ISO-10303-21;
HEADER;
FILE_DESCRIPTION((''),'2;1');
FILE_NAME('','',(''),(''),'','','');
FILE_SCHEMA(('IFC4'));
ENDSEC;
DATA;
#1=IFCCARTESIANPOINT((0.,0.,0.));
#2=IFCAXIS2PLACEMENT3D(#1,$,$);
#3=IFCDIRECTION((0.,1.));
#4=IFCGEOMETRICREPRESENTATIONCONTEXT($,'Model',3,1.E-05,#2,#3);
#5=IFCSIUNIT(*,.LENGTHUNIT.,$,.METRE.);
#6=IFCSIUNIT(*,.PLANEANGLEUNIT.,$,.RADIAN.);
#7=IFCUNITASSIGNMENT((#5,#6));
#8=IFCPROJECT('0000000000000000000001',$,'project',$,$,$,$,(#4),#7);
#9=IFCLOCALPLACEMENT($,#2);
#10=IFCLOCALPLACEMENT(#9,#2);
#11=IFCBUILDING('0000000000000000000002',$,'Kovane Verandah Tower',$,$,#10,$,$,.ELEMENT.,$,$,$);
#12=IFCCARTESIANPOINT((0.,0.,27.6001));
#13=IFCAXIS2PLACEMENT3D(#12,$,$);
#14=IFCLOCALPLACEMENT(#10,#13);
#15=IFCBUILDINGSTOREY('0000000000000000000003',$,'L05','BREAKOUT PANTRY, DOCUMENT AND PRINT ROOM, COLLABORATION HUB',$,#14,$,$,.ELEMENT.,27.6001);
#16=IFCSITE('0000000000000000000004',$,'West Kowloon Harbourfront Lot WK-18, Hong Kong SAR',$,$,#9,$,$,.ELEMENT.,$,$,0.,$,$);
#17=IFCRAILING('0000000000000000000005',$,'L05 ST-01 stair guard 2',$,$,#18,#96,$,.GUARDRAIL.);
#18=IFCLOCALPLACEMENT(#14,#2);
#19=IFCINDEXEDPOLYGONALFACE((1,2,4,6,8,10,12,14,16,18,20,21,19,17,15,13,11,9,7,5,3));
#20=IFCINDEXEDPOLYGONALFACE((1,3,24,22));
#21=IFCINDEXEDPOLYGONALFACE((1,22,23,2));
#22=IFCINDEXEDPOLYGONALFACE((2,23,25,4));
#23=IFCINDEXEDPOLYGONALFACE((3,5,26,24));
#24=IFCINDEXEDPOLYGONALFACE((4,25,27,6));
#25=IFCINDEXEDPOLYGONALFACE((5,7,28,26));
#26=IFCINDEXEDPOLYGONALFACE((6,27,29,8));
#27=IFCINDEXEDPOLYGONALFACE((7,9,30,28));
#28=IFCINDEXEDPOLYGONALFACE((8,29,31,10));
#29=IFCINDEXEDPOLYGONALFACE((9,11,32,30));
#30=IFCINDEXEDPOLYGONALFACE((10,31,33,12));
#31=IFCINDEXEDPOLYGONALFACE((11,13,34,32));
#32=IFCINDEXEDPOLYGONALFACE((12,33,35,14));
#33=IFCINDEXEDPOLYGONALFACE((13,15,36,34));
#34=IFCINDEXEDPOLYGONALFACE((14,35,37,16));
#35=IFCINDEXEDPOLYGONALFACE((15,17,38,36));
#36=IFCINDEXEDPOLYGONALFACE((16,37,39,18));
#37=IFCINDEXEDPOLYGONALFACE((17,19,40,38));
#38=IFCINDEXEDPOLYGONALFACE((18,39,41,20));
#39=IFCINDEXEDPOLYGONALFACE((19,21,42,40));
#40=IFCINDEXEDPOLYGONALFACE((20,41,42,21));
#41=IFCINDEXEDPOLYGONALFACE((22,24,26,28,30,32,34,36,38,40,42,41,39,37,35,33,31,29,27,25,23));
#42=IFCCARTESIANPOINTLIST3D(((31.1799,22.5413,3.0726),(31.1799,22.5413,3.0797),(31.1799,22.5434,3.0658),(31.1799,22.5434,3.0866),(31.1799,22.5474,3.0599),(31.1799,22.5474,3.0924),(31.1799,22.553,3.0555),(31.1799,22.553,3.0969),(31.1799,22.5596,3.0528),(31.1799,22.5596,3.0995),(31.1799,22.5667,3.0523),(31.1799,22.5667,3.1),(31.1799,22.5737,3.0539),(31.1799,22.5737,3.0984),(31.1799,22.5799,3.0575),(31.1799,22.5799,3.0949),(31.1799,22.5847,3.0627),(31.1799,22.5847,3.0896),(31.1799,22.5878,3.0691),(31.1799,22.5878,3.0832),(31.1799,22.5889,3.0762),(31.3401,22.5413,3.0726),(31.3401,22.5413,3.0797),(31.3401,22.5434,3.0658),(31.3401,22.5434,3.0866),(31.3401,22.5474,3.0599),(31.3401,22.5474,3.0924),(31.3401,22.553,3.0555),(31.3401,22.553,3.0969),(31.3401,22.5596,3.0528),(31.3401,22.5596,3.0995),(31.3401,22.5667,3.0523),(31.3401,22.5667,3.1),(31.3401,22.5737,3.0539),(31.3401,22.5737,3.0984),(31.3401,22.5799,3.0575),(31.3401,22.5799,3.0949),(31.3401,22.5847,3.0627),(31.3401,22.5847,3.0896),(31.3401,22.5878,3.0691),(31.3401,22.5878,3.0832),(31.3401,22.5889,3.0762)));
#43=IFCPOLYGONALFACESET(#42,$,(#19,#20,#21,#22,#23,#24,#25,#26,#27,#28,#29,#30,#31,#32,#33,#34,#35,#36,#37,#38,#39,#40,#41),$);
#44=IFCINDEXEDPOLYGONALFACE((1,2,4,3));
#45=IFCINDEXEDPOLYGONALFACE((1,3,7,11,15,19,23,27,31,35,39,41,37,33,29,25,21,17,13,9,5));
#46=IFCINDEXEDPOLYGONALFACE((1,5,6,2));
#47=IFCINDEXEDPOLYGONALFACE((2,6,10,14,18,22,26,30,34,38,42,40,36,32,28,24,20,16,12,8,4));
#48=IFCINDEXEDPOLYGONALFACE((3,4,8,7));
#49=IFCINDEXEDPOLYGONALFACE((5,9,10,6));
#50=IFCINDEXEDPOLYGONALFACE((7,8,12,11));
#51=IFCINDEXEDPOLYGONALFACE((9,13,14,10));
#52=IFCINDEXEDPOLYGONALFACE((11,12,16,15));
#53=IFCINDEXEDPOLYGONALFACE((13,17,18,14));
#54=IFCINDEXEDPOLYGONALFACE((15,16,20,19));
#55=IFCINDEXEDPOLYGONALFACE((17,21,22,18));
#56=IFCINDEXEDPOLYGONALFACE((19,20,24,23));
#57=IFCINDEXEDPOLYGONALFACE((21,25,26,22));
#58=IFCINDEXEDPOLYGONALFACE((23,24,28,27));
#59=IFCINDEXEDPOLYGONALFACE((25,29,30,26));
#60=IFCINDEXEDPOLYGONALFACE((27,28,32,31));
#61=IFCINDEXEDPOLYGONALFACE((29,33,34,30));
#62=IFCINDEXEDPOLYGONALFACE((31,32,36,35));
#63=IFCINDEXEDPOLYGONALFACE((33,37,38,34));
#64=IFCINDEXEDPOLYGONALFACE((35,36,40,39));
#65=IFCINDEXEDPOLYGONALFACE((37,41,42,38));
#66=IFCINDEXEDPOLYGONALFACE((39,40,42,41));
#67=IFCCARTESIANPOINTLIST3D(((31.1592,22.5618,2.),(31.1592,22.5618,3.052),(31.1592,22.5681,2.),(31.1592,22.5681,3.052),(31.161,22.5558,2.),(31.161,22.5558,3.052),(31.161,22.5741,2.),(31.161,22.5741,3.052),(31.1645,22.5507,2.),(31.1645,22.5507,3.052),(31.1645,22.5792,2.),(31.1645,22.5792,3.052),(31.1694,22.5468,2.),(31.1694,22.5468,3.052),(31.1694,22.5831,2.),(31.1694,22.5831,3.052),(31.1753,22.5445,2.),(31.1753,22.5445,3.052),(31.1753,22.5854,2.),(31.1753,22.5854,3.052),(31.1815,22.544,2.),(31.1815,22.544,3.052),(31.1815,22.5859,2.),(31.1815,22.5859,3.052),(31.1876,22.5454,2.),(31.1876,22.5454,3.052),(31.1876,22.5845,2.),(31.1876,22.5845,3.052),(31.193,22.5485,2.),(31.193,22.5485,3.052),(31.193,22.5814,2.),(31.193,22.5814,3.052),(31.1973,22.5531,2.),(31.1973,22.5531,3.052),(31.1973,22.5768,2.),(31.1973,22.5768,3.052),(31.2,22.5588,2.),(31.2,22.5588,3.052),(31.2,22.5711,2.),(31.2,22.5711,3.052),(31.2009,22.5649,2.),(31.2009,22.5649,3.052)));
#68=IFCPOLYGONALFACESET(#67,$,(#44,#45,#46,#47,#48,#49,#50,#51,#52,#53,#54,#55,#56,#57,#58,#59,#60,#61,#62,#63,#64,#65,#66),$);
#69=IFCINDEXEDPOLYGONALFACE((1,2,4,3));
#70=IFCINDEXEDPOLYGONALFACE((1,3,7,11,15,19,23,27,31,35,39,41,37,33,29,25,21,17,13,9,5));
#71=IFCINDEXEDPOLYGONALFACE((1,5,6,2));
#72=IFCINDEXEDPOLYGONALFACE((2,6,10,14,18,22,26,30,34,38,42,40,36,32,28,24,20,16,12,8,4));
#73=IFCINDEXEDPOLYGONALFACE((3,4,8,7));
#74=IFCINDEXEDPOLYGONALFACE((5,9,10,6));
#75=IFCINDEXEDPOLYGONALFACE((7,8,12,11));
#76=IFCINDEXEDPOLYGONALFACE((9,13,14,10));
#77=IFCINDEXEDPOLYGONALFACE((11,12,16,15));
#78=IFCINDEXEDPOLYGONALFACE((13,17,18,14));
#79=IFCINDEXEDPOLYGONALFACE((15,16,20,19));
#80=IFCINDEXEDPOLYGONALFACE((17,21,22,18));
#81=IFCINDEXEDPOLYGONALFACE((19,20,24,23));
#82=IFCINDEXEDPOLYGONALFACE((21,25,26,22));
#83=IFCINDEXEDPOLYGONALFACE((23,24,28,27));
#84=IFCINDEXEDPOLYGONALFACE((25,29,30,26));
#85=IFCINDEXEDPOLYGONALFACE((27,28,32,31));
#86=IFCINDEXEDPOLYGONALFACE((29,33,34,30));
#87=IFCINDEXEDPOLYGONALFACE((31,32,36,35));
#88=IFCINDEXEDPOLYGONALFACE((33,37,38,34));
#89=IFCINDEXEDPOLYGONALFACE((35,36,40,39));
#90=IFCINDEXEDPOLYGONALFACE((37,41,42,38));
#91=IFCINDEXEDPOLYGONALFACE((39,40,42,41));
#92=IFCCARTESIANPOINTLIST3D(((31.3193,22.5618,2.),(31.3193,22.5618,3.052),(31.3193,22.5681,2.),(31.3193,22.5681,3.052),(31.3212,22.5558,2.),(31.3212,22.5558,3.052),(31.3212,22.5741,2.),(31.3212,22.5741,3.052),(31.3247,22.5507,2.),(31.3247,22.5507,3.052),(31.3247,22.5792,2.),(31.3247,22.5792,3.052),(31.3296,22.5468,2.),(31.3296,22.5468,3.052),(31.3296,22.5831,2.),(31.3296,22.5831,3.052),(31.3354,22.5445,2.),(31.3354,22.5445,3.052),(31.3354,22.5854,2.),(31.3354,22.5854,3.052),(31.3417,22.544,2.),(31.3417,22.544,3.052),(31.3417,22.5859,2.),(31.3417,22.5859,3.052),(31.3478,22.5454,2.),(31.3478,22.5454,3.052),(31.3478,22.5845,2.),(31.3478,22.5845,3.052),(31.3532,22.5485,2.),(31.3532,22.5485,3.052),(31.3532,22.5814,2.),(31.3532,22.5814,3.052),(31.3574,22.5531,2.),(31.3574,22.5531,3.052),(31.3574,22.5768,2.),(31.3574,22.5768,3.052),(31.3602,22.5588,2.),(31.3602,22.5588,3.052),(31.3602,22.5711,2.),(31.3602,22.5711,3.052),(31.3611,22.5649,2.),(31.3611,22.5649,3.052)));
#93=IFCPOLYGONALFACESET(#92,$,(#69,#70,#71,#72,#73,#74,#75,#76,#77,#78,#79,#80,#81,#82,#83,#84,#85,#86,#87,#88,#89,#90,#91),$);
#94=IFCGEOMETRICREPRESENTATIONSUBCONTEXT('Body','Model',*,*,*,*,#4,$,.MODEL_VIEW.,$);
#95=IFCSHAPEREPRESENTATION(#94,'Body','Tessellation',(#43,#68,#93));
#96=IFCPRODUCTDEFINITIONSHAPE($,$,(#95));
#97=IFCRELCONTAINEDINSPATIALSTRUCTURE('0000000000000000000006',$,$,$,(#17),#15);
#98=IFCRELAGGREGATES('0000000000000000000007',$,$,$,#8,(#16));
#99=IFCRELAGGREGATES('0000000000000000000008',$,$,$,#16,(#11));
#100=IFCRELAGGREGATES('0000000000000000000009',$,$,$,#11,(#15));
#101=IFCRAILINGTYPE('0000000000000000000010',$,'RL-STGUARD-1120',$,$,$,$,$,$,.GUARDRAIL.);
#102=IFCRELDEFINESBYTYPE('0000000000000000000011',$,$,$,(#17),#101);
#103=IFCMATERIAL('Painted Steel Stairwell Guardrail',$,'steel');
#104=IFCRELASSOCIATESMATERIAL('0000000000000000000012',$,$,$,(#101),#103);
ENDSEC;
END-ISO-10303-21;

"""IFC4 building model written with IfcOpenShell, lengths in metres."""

from ifc_helpers import new_model, si_unit, direction, frame, origin, origin_2d, place, context, subcontext, project, spatial, circle, extrude, material, type_object, element, save


model = new_model("IFC4")

# Units and contexts
model_context = context("Model", 3, precision=1e-05, world=origin(), true_north=direction((0.0, 1.0)))
body_context = subcontext(model_context, "Body", "Model", "MODEL_VIEW")
ifc_project = project(units=[si_unit("LENGTHUNIT", "METRE"), si_unit("PLANEANGLEUNIT", "RADIAN")], contexts=[model_context])

# Site, building, storey
site_placement = place(None, origin())
site = spatial("IfcSite", under=ifc_project, at=site_placement, Name="West Kowloon Harbourfront Lot WK-18, Hong Kong SAR", CompositionType="ELEMENT", RefElevation=0.0)
building_placement = place(site_placement, origin())
building = spatial("IfcBuilding", under=site, at=building_placement, Name="Kovane Verandah Tower", CompositionType="ELEMENT")
storey_placement = place(building_placement, frame((0.0, 0.0, 27.6001)))
storey = spatial("IfcBuildingStorey", under=building, at=storey_placement, Name="L05", Description="BREAKOUT PANTRY, DOCUMENT AND PRINT ROOM, COLLABORATION HUB", CompositionType="ELEMENT", Elevation=27.6001)

# Railing
ifc_material_1 = material(Name="Painted Steel Stairwell Guardrail", Category="steel")
railing_type_1 = type_object("IfcRailingType", Name="RL-STGUARD-1120", PredefinedType="GUARDRAIL", material=ifc_material_1)
railing_1_placement = place(storey_placement, frame((31.1799, 22.5649, 2.0)))
element("IfcRailing", 1, at=railing_1_placement, inside=storey, type_object=railing_type_1, Name="L05 ST-01 stair guard 2", PredefinedType="GUARDRAIL", context=body_context, shape_type="SweptSolid", body=[
    extrude(circle(Radius=0.0239, at=origin_2d()), frame((0.0, 0.0, 1.0762), z_axis=(1.0, 0.0, 0.0), x_axis=(0.0, 1.0, 0.0)), (0.0, 0.0, 1.0), 0.1602),
    extrude(circle(Radius=0.021, at=origin_2d()), origin(), (0.0, 0.0, 1.0), 1.052),
    extrude(circle(Radius=0.021, at=origin_2d()), frame((0.1602, 0.0, 0.0)), (0.0, 0.0, 1.0), 1.052),
])

save(model, "model.ifc")
